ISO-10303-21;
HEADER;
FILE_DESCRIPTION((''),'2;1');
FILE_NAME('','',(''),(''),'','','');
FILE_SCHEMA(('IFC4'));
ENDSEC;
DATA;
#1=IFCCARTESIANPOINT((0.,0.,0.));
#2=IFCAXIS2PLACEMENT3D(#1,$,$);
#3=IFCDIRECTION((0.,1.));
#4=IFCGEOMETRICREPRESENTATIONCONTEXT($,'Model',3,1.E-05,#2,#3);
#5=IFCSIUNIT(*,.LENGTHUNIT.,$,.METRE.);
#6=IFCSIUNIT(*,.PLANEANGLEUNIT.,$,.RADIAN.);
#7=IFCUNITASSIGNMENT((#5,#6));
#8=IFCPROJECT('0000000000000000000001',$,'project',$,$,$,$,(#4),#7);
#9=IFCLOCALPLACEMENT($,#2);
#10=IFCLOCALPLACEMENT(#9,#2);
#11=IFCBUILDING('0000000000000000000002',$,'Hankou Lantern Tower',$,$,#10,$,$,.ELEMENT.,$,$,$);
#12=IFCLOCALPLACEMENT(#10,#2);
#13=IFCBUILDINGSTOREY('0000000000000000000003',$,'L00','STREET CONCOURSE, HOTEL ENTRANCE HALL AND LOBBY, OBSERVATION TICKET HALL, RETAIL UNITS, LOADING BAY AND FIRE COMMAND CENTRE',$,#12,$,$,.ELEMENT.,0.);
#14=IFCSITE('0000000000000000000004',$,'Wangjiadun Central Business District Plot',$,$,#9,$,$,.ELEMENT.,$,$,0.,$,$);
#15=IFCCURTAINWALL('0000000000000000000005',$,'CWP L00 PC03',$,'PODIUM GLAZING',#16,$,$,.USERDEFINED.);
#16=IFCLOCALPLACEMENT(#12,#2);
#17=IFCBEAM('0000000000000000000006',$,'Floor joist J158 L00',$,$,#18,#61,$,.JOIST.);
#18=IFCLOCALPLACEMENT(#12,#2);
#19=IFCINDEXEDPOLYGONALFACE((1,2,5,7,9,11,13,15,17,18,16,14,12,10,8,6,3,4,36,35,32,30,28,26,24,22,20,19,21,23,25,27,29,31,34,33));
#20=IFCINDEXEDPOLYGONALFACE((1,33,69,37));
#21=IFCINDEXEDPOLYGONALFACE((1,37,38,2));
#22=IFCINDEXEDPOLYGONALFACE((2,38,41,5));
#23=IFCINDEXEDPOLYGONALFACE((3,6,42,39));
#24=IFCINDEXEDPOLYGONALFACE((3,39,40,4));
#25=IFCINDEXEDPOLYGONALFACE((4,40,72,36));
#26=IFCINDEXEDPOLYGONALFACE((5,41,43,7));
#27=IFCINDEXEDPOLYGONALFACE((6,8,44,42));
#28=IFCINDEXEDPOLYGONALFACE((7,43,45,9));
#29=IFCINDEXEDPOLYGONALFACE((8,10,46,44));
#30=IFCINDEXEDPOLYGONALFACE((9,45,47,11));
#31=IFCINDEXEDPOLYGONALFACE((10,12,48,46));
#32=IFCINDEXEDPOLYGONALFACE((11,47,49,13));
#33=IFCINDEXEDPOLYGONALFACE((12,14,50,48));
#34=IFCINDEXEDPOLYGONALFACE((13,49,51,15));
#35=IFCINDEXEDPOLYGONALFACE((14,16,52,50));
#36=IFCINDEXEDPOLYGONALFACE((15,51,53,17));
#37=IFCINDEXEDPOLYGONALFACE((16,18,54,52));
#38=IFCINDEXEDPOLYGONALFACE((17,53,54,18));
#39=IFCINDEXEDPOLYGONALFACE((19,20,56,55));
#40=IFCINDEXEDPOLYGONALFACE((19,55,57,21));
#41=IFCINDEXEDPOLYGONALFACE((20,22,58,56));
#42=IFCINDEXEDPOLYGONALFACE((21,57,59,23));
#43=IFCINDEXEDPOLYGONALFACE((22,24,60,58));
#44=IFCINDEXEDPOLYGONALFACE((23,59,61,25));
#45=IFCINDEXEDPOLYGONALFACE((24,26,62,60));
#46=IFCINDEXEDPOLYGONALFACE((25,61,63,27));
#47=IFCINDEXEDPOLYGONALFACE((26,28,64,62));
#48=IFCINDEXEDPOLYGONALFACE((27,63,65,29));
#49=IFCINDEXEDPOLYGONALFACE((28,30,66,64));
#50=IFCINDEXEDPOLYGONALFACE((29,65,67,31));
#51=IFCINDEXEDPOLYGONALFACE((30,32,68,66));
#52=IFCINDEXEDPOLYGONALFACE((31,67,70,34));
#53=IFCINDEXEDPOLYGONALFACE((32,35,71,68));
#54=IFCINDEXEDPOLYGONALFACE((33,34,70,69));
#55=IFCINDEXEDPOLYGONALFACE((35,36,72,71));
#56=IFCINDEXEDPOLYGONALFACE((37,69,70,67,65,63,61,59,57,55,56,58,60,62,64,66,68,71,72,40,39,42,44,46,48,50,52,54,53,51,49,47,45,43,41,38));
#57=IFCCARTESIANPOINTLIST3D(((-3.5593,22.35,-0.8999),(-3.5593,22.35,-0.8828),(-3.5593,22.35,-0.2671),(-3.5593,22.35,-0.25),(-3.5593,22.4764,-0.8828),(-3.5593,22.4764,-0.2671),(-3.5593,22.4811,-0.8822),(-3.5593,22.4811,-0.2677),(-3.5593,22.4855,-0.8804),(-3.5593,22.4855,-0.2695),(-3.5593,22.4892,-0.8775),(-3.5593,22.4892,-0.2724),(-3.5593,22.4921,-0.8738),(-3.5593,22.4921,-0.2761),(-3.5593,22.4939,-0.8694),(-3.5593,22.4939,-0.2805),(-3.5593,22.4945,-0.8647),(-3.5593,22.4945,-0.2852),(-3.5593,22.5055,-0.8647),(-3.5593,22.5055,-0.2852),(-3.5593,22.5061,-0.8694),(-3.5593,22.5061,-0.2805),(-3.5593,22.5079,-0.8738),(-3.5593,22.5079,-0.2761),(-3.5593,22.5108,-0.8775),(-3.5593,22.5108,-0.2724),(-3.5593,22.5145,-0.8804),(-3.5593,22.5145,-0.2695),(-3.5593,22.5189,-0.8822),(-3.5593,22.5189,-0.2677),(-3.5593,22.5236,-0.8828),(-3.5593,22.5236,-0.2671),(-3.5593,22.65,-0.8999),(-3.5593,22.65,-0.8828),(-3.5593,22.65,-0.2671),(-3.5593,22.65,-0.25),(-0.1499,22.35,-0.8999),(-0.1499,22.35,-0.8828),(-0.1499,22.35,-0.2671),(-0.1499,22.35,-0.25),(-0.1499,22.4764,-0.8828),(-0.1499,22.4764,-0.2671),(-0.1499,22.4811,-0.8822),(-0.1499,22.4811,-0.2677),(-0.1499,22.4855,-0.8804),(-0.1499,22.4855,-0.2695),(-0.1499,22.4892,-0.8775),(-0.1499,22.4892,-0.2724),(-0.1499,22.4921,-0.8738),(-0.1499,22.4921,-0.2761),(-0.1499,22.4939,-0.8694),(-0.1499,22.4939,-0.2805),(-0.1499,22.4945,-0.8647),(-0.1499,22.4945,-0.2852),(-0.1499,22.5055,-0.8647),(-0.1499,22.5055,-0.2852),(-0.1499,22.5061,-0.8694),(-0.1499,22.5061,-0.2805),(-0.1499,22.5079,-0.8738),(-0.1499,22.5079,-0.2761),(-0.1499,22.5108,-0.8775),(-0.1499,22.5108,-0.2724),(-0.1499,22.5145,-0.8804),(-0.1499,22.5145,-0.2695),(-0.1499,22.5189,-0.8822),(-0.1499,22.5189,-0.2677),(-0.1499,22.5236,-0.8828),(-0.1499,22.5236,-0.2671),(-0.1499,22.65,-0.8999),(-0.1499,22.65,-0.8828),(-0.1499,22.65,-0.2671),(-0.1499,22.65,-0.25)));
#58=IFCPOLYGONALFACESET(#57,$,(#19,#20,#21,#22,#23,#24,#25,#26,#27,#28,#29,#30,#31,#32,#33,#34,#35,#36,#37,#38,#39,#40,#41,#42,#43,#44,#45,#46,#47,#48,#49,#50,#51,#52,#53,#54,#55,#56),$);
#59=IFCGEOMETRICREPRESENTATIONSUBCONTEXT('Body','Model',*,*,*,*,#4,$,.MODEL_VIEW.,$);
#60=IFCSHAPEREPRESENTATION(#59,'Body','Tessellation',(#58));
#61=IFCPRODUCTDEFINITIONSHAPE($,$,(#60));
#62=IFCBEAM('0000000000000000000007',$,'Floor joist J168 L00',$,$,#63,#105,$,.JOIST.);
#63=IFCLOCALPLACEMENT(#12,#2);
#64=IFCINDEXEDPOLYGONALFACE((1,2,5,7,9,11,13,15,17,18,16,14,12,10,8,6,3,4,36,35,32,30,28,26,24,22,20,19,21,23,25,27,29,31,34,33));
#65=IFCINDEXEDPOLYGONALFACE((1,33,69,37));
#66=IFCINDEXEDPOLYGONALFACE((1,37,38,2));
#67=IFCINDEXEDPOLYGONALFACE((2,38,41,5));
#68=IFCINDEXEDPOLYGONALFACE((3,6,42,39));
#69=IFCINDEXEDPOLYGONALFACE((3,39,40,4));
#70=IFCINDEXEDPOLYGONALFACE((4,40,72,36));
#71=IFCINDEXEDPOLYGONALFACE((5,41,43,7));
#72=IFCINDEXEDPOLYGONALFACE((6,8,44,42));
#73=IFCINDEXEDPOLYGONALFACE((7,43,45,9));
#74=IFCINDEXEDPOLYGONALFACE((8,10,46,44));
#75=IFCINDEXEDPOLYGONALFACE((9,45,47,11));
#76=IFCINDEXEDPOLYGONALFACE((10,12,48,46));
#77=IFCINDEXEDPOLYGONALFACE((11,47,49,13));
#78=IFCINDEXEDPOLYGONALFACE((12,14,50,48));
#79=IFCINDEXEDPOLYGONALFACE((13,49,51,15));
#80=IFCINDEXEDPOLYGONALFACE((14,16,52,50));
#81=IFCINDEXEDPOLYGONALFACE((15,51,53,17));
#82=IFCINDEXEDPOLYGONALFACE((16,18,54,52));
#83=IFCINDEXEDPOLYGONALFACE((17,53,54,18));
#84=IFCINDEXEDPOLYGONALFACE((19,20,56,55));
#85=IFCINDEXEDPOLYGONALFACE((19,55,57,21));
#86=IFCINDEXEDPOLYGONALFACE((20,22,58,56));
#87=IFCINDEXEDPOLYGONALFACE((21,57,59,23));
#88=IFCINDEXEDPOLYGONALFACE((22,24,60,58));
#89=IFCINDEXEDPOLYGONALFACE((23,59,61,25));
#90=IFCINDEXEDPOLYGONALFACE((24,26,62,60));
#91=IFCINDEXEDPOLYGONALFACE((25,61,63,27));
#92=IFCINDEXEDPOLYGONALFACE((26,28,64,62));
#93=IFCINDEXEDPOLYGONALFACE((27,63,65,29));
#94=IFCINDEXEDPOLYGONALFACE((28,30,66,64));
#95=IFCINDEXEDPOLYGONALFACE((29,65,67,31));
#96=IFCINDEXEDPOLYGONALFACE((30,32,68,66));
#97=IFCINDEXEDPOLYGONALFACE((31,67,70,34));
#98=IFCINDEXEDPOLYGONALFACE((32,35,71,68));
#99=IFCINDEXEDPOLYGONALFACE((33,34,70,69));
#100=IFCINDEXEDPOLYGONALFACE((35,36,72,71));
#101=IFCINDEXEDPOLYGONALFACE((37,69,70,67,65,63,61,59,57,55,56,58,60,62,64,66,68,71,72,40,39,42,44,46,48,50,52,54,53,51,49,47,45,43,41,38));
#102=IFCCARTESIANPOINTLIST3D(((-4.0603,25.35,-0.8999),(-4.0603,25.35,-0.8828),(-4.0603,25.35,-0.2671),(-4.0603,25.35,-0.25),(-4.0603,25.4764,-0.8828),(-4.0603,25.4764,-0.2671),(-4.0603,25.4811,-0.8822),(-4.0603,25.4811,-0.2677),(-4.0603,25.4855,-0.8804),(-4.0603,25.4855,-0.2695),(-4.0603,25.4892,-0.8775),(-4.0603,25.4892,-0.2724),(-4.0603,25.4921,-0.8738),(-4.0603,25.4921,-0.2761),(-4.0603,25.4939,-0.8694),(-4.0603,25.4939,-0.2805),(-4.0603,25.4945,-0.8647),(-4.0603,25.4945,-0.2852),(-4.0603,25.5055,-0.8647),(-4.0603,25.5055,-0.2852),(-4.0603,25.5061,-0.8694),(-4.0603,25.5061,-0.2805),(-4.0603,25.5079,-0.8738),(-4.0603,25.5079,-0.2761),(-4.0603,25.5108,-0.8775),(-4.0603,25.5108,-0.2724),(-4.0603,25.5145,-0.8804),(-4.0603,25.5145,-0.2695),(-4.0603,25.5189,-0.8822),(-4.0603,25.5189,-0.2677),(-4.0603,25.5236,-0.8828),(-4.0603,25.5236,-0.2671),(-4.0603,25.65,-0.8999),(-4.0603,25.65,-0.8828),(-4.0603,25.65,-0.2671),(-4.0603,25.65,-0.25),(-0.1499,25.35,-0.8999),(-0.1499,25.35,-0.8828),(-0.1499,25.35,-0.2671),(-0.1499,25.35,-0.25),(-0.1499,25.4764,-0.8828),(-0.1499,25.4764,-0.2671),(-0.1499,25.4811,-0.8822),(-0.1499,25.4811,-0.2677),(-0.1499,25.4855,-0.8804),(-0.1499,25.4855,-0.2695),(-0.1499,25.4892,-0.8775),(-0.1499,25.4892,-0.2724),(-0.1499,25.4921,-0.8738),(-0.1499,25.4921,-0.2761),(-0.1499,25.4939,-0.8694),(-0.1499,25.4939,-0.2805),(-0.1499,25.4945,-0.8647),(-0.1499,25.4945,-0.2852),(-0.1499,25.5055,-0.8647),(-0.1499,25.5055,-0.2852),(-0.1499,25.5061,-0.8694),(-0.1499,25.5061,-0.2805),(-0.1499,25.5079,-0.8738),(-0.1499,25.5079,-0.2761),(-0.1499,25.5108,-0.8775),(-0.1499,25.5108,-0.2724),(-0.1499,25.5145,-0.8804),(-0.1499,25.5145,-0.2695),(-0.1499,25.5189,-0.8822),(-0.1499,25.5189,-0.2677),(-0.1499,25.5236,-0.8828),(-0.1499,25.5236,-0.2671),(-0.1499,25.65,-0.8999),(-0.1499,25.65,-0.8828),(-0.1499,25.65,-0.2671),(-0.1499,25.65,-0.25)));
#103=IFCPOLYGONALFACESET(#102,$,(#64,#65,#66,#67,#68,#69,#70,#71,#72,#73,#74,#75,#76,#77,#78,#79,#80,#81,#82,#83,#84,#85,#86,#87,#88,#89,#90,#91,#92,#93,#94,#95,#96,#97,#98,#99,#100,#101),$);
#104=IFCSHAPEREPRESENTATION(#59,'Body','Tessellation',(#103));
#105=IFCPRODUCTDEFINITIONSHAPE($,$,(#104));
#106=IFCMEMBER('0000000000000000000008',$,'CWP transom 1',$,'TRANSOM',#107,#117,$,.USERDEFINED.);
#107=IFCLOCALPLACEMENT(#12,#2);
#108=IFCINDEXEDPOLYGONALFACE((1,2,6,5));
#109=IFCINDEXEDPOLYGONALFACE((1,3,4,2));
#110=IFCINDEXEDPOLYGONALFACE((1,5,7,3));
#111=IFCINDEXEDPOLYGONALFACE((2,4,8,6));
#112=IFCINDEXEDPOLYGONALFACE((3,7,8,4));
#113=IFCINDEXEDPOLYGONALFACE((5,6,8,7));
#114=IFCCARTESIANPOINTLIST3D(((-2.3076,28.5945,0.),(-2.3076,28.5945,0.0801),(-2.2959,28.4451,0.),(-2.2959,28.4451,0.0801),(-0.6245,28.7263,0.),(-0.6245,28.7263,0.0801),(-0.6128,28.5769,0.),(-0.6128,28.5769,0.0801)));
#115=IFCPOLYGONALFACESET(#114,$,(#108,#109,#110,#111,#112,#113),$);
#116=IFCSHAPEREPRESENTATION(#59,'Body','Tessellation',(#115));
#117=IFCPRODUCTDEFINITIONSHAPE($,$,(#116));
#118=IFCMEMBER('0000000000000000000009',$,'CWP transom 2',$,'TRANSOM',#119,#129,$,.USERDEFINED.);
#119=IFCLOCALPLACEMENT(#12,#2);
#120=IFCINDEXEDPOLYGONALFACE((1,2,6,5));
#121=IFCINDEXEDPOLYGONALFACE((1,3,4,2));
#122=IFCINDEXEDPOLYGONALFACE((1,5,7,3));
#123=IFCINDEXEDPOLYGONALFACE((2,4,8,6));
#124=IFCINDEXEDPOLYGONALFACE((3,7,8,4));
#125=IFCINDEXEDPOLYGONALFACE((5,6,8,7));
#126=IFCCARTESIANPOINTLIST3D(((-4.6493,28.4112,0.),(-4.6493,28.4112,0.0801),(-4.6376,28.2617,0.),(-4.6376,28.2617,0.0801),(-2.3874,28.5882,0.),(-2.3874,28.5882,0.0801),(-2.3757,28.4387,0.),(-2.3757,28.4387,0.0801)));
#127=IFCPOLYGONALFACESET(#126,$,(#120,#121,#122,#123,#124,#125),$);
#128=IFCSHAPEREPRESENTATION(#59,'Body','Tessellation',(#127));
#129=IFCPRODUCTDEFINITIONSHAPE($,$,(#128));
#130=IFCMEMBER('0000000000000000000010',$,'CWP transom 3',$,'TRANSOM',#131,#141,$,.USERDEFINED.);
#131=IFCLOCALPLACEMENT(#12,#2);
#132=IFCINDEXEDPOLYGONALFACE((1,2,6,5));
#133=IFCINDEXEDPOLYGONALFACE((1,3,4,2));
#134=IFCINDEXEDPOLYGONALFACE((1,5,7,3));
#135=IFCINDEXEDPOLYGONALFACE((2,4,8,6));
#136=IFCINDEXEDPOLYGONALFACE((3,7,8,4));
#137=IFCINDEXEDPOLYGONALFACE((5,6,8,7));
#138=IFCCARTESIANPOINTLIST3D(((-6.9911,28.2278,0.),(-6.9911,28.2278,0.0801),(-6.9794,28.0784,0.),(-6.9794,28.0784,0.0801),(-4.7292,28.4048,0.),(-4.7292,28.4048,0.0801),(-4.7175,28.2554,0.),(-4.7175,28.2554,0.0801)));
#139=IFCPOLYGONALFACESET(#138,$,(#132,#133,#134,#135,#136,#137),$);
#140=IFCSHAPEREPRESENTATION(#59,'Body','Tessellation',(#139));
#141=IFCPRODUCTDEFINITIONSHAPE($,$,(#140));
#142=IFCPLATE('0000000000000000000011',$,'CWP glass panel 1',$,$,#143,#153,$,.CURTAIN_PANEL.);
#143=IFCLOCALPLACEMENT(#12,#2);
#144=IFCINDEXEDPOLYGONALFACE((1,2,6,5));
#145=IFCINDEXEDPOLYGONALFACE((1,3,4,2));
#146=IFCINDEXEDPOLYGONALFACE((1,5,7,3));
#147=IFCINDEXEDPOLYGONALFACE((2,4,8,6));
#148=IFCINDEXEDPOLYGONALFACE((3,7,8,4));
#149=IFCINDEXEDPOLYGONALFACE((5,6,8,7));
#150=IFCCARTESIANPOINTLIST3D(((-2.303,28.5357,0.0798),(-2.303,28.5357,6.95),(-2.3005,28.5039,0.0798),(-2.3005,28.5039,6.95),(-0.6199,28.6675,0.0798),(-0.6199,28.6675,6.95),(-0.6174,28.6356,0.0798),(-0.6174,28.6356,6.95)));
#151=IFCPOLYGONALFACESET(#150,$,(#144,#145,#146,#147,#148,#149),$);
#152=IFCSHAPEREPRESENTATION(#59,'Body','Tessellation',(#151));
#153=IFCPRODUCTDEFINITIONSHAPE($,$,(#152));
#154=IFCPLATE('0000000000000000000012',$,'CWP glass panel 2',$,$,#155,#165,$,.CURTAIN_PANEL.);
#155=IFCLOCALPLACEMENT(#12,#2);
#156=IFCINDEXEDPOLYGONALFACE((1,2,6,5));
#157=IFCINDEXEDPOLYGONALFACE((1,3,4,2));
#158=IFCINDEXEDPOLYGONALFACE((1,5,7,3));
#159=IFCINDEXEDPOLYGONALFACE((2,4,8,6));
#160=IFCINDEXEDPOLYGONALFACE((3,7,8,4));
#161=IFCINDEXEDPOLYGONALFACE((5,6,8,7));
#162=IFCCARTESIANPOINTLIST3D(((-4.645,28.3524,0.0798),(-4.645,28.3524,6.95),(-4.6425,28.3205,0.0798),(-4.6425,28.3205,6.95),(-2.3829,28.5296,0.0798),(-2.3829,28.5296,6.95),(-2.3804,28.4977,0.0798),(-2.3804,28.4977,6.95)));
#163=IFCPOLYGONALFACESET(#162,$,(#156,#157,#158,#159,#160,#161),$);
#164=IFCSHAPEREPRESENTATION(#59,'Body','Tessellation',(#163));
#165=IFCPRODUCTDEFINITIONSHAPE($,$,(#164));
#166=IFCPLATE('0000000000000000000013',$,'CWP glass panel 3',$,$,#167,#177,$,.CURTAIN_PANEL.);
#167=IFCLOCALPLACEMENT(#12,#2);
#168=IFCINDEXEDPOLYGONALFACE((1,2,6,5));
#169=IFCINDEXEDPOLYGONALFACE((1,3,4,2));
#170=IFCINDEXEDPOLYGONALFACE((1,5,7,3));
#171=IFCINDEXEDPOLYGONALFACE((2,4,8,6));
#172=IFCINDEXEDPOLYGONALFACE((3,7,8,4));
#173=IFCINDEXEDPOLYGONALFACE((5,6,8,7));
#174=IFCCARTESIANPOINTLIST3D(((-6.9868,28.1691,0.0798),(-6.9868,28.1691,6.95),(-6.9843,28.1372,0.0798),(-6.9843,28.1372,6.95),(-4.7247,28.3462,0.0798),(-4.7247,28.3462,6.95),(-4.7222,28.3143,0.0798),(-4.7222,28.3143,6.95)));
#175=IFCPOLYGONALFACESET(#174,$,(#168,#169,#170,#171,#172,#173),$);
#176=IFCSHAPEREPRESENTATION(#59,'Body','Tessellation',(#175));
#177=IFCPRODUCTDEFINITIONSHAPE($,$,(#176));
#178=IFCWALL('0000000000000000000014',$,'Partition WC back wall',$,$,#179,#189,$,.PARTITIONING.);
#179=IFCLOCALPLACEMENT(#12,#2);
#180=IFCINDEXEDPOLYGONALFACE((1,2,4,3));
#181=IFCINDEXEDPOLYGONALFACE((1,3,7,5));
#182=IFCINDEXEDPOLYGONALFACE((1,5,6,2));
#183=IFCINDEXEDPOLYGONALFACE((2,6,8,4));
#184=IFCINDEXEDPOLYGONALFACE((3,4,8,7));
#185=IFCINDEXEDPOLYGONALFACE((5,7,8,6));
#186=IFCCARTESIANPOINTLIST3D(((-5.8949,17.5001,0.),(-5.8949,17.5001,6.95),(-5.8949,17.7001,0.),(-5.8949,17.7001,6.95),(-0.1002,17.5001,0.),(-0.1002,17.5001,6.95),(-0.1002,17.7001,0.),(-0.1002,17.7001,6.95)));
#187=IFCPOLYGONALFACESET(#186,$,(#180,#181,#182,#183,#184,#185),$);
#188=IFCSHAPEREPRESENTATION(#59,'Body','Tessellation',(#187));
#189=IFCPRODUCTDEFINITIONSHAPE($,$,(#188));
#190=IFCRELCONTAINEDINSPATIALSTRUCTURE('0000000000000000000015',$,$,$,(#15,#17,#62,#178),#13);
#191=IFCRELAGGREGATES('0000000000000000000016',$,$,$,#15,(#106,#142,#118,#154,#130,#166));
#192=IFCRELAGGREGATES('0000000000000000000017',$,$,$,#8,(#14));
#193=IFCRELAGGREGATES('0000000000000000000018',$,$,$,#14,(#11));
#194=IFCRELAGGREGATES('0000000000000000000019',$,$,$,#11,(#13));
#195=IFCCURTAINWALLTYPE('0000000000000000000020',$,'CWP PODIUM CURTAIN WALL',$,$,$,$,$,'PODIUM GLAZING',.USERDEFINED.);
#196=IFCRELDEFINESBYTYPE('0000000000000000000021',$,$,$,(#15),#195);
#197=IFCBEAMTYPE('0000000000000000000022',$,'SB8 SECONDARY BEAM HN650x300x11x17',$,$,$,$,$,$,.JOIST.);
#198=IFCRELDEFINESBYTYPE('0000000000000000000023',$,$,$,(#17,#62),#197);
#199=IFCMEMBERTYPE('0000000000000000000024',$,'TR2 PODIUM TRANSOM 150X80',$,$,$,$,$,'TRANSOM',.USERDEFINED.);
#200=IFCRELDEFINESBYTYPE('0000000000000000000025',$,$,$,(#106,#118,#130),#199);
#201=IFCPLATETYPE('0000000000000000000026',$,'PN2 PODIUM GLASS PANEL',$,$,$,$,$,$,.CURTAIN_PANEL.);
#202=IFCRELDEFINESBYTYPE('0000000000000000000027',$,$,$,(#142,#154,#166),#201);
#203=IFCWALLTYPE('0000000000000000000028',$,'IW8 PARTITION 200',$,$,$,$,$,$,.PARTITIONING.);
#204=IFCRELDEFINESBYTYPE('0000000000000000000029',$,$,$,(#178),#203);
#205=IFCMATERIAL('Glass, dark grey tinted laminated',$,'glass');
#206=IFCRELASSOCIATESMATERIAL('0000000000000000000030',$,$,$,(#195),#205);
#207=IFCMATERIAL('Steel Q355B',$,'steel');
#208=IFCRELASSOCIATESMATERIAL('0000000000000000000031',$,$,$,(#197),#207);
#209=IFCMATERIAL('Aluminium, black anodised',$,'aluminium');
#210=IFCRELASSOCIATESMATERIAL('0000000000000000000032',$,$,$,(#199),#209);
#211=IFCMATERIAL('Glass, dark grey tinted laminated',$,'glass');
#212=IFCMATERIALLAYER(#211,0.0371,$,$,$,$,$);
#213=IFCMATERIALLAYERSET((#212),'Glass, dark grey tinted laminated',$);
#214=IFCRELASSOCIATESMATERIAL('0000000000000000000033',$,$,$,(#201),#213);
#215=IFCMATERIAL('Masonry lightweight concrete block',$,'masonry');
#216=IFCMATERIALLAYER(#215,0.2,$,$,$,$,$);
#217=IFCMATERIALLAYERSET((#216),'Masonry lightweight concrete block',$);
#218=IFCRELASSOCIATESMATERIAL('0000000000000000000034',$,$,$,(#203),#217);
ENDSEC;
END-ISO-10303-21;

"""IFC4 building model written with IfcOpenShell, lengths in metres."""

from ifc_helpers import new_model, si_unit, direction, frame, frame_2d, origin, origin_2d, place, context, subcontext, project, spatial, rectangle, i_section, extrude, material, layer, layer_set, material_profile, profile_set, type_object, element, aggregate, save


model = new_model("IFC4")

# Units and contexts
model_context = context("Model", 3, precision=1e-05, world=origin(), true_north=direction((0.0, 1.0)))
body_context = subcontext(model_context, "Body", "Model", "MODEL_VIEW")
ifc_project = project(units=[si_unit("LENGTHUNIT", "METRE"), si_unit("PLANEANGLEUNIT", "RADIAN")], contexts=[model_context])

# Site, building, storey
site_placement = place(None, origin())
site = spatial("IfcSite", under=ifc_project, at=site_placement, Name="Wangjiadun Central Business District Plot", CompositionType="ELEMENT", RefElevation=0.0)
building_placement = place(site_placement, origin())
building = spatial("IfcBuilding", under=site, at=building_placement, Name="Hankou Lantern Tower", CompositionType="ELEMENT")
storey_placement = place(building_placement, origin())
storey = spatial("IfcBuildingStorey", under=building, at=storey_placement, Name="L00", Description="STREET CONCOURSE, HOTEL ENTRANCE HALL AND LOBBY, OBSERVATION TICKET HALL, RETAIL UNITS, LOADING BAY AND FIRE COMMAND CENTRE", CompositionType="ELEMENT", Elevation=0.0)

# Curtain wall
ifc_material_1 = material(Name="Glass, dark grey tinted laminated", Category="glass")
curtain_wall_type = type_object("IfcCurtainWallType", Name="CWP PODIUM CURTAIN WALL", ElementType="PODIUM GLAZING", PredefinedType="USERDEFINED", material=ifc_material_1)
curtain_wall_placement = place(storey_placement, origin())
curtain_wall = element("IfcCurtainWall", 1, at=curtain_wall_placement, inside=storey, type_object=curtain_wall_type, Name="CWP L00 PC03", ObjectType="PODIUM GLAZING", PredefinedType="USERDEFINED")

# Beams
ifc_material_2 = material(Name="Steel Q355B", Category="steel")
ifc_material_profile_1 = material_profile(ifc_material_2, i_section(OverallWidth=0.3, OverallDepth=0.6499, WebThickness=0.011, FlangeThickness=0.0171, FilletRadius=0.0181, at=origin_2d()), Name="HN650x300x11x17")
ifc_profile_set_1 = profile_set([ifc_material_profile_1], Name="Steel Q355B")
beam_type_1 = type_object("IfcBeamType", Name="SB8 SECONDARY BEAM HN650x300x11x17", PredefinedType="JOIST", material=ifc_profile_set_1)
beam_1_placement = place(storey_placement, frame((-3.5593, 22.5, -0.575), z_axis=(1.0, 0.0, 0.0), x_axis=(0.0, 1.0, 0.0)))
element("IfcBeam", 2, at=beam_1_placement, inside=storey, type_object=beam_type_1, Name="Floor joist J158 L00", PredefinedType="JOIST", context=body_context, shape_type="SweptSolid", body=[
    extrude(i_section(OverallWidth=0.3, OverallDepth=0.6499, WebThickness=0.011, FlangeThickness=0.0171, FilletRadius=0.0181, at=origin_2d()), origin(), (0.0, 0.0, 1.0), 3.4094),
])
beam_2_placement = place(storey_placement, frame((-4.0603, 25.5, -0.575), z_axis=(1.0, 0.0, 0.0), x_axis=(0.0, 1.0, 0.0)))
element("IfcBeam", 3, at=beam_2_placement, inside=storey, type_object=beam_type_1, Name="Floor joist J168 L00", PredefinedType="JOIST", context=body_context, shape_type="SweptSolid", body=[
    extrude(i_section(OverallWidth=0.3, OverallDepth=0.6499, WebThickness=0.011, FlangeThickness=0.0171, FilletRadius=0.0181, at=origin_2d()), origin(), (0.0, 0.0, 1.0), 3.9104),
])

# Members
ifc_material_3 = material(Name="Aluminium, black anodised", Category="aluminium")
ifc_material_profile_2 = material_profile(ifc_material_3, rectangle(XDim=0.1499, YDim=0.0801, at=origin_2d()), Name="TR2 150X80")
ifc_profile_set_2 = profile_set([ifc_material_profile_2], Name="Aluminium, black anodised")
member_type_1 = type_object("IfcMemberType", Name="TR2 PODIUM TRANSOM 150X80", ElementType="TRANSOM", PredefinedType="USERDEFINED", material=ifc_profile_set_2)
member_1_placement = place(storey_placement, frame((-0.6187, 28.6516, 0.04), z_axis=(-0.996946, -0.07809, 0.0), x_axis=(0.07809, -0.996946, 0.0)))
member_1 = element("IfcMember", 4, at=member_1_placement, type_object=member_type_1, Name="CWP transom 1", ObjectType="TRANSOM", PredefinedType="USERDEFINED", context=body_context, shape_type="SweptSolid", body=[
    extrude(rectangle(XDim=0.1499, YDim=0.0801, at=origin_2d()), origin(), (0.0, 0.0, 1.0), 1.6882),
])
member_2_placement = place(storey_placement, frame((-2.3816, 28.5134, 0.04), z_axis=(-0.996952, -0.078013, 0.0), x_axis=(0.078013, -0.996952, 0.0)))
member_2 = element("IfcMember", 5, at=member_2_placement, type_object=member_type_1, Name="CWP transom 2", ObjectType="TRANSOM", PredefinedType="USERDEFINED", context=body_context, shape_type="SweptSolid", body=[
    extrude(rectangle(XDim=0.1499, YDim=0.0801, at=origin_2d()), origin(), (0.0, 0.0, 1.0), 2.2688),
])
member_3_placement = place(storey_placement, frame((-4.7234, 28.3301, 0.04), z_axis=(-0.996952, -0.078013, 0.0), x_axis=(0.078013, -0.996952, 0.0)))
member_3 = element("IfcMember", 6, at=member_3_placement, type_object=member_type_1, Name="CWP transom 3", ObjectType="TRANSOM", PredefinedType="USERDEFINED", context=body_context, shape_type="SweptSolid", body=[
    extrude(rectangle(XDim=0.1499, YDim=0.0801, at=origin_2d()), origin(), (0.0, 0.0, 1.0), 2.2688),
])

# Plates
ifc_material_4 = material(Name="Glass, dark grey tinted laminated", Category="glass")
ifc_layer_1 = layer(ifc_material_4, 0.0371)
ifc_layer_set_1 = layer_set([ifc_layer_1], Name="Glass, dark grey tinted laminated")
plate_type = type_object("IfcPlateType", Name="PN2 PODIUM GLASS PANEL", PredefinedType="CURTAIN_PANEL", material=ifc_layer_set_1)
plate_1_placement = place(storey_placement, frame((-1.4602, 28.5857, 0.0798), z_axis=(0.0, 0.0, 1.0), x_axis=(-0.996949, -0.078062, 0.0)))
plate_1 = element("IfcPlate", 7, at=plate_1_placement, type_object=plate_type, Name="CWP glass panel 1", PredefinedType="CURTAIN_PANEL", context=body_context, shape_type="SweptSolid", body=[
    extrude(rectangle(XDim=1.6882, YDim=0.032, at=origin_2d()), origin(), (0.0, 0.0, 1.0), 6.8701),
])
plate_2_placement = place(storey_placement, frame((-3.5127, 28.425, 0.0798), z_axis=(0.0, 0.0, 1.0), x_axis=(-0.996949, -0.078062, 0.0)))
plate_2 = element("IfcPlate", 8, at=plate_2_placement, type_object=plate_type, Name="CWP glass panel 2", PredefinedType="CURTAIN_PANEL", context=body_context, shape_type="SweptSolid", body=[
    extrude(rectangle(XDim=2.269, YDim=0.032, at=origin_2d()), origin(), (0.0, 0.0, 1.0), 6.8701),
])
plate_3_placement = place(storey_placement, frame((-5.8545, 28.2417, 0.0798), z_axis=(0.0, 0.0, 1.0), x_axis=(-0.996949, -0.078062, 0.0)))
plate_3 = element("IfcPlate", 9, at=plate_3_placement, type_object=plate_type, Name="CWP glass panel 3", PredefinedType="CURTAIN_PANEL", context=body_context, shape_type="SweptSolid", body=[
    extrude(rectangle(XDim=2.269, YDim=0.032, at=origin_2d()), origin(), (0.0, 0.0, 1.0), 6.8701),
])
aggregate(curtain_wall, [member_1, plate_1, member_2, plate_2, member_3, plate_3])

# Wall
ifc_material_5 = material(Name="Masonry lightweight concrete block", Category="masonry")
ifc_layer_2 = layer(ifc_material_5, 0.2)
ifc_layer_set_2 = layer_set([ifc_layer_2], Name="Masonry lightweight concrete block")
wall_type = type_object("IfcWallType", Name="IW8 PARTITION 200", PredefinedType="PARTITIONING", material=ifc_layer_set_2)
wall_placement = place(storey_placement, frame((-0.1001, 17.6001, 0.0), z_axis=(0.0, 0.0, 1.0), x_axis=(-1.0, 0.0, 0.0)))
element("IfcWall", 10, at=wall_placement, inside=storey, type_object=wall_type, Name="Partition WC back wall", PredefinedType="PARTITIONING", context=body_context, shape_type="SweptSolid", body=[
    extrude(rectangle(XDim=5.7947, YDim=0.2, at=frame_2d((2.8975, 0.0))), origin(), (0.0, 0.0, 1.0), 6.95),
])

save(model, "model.ifc")
